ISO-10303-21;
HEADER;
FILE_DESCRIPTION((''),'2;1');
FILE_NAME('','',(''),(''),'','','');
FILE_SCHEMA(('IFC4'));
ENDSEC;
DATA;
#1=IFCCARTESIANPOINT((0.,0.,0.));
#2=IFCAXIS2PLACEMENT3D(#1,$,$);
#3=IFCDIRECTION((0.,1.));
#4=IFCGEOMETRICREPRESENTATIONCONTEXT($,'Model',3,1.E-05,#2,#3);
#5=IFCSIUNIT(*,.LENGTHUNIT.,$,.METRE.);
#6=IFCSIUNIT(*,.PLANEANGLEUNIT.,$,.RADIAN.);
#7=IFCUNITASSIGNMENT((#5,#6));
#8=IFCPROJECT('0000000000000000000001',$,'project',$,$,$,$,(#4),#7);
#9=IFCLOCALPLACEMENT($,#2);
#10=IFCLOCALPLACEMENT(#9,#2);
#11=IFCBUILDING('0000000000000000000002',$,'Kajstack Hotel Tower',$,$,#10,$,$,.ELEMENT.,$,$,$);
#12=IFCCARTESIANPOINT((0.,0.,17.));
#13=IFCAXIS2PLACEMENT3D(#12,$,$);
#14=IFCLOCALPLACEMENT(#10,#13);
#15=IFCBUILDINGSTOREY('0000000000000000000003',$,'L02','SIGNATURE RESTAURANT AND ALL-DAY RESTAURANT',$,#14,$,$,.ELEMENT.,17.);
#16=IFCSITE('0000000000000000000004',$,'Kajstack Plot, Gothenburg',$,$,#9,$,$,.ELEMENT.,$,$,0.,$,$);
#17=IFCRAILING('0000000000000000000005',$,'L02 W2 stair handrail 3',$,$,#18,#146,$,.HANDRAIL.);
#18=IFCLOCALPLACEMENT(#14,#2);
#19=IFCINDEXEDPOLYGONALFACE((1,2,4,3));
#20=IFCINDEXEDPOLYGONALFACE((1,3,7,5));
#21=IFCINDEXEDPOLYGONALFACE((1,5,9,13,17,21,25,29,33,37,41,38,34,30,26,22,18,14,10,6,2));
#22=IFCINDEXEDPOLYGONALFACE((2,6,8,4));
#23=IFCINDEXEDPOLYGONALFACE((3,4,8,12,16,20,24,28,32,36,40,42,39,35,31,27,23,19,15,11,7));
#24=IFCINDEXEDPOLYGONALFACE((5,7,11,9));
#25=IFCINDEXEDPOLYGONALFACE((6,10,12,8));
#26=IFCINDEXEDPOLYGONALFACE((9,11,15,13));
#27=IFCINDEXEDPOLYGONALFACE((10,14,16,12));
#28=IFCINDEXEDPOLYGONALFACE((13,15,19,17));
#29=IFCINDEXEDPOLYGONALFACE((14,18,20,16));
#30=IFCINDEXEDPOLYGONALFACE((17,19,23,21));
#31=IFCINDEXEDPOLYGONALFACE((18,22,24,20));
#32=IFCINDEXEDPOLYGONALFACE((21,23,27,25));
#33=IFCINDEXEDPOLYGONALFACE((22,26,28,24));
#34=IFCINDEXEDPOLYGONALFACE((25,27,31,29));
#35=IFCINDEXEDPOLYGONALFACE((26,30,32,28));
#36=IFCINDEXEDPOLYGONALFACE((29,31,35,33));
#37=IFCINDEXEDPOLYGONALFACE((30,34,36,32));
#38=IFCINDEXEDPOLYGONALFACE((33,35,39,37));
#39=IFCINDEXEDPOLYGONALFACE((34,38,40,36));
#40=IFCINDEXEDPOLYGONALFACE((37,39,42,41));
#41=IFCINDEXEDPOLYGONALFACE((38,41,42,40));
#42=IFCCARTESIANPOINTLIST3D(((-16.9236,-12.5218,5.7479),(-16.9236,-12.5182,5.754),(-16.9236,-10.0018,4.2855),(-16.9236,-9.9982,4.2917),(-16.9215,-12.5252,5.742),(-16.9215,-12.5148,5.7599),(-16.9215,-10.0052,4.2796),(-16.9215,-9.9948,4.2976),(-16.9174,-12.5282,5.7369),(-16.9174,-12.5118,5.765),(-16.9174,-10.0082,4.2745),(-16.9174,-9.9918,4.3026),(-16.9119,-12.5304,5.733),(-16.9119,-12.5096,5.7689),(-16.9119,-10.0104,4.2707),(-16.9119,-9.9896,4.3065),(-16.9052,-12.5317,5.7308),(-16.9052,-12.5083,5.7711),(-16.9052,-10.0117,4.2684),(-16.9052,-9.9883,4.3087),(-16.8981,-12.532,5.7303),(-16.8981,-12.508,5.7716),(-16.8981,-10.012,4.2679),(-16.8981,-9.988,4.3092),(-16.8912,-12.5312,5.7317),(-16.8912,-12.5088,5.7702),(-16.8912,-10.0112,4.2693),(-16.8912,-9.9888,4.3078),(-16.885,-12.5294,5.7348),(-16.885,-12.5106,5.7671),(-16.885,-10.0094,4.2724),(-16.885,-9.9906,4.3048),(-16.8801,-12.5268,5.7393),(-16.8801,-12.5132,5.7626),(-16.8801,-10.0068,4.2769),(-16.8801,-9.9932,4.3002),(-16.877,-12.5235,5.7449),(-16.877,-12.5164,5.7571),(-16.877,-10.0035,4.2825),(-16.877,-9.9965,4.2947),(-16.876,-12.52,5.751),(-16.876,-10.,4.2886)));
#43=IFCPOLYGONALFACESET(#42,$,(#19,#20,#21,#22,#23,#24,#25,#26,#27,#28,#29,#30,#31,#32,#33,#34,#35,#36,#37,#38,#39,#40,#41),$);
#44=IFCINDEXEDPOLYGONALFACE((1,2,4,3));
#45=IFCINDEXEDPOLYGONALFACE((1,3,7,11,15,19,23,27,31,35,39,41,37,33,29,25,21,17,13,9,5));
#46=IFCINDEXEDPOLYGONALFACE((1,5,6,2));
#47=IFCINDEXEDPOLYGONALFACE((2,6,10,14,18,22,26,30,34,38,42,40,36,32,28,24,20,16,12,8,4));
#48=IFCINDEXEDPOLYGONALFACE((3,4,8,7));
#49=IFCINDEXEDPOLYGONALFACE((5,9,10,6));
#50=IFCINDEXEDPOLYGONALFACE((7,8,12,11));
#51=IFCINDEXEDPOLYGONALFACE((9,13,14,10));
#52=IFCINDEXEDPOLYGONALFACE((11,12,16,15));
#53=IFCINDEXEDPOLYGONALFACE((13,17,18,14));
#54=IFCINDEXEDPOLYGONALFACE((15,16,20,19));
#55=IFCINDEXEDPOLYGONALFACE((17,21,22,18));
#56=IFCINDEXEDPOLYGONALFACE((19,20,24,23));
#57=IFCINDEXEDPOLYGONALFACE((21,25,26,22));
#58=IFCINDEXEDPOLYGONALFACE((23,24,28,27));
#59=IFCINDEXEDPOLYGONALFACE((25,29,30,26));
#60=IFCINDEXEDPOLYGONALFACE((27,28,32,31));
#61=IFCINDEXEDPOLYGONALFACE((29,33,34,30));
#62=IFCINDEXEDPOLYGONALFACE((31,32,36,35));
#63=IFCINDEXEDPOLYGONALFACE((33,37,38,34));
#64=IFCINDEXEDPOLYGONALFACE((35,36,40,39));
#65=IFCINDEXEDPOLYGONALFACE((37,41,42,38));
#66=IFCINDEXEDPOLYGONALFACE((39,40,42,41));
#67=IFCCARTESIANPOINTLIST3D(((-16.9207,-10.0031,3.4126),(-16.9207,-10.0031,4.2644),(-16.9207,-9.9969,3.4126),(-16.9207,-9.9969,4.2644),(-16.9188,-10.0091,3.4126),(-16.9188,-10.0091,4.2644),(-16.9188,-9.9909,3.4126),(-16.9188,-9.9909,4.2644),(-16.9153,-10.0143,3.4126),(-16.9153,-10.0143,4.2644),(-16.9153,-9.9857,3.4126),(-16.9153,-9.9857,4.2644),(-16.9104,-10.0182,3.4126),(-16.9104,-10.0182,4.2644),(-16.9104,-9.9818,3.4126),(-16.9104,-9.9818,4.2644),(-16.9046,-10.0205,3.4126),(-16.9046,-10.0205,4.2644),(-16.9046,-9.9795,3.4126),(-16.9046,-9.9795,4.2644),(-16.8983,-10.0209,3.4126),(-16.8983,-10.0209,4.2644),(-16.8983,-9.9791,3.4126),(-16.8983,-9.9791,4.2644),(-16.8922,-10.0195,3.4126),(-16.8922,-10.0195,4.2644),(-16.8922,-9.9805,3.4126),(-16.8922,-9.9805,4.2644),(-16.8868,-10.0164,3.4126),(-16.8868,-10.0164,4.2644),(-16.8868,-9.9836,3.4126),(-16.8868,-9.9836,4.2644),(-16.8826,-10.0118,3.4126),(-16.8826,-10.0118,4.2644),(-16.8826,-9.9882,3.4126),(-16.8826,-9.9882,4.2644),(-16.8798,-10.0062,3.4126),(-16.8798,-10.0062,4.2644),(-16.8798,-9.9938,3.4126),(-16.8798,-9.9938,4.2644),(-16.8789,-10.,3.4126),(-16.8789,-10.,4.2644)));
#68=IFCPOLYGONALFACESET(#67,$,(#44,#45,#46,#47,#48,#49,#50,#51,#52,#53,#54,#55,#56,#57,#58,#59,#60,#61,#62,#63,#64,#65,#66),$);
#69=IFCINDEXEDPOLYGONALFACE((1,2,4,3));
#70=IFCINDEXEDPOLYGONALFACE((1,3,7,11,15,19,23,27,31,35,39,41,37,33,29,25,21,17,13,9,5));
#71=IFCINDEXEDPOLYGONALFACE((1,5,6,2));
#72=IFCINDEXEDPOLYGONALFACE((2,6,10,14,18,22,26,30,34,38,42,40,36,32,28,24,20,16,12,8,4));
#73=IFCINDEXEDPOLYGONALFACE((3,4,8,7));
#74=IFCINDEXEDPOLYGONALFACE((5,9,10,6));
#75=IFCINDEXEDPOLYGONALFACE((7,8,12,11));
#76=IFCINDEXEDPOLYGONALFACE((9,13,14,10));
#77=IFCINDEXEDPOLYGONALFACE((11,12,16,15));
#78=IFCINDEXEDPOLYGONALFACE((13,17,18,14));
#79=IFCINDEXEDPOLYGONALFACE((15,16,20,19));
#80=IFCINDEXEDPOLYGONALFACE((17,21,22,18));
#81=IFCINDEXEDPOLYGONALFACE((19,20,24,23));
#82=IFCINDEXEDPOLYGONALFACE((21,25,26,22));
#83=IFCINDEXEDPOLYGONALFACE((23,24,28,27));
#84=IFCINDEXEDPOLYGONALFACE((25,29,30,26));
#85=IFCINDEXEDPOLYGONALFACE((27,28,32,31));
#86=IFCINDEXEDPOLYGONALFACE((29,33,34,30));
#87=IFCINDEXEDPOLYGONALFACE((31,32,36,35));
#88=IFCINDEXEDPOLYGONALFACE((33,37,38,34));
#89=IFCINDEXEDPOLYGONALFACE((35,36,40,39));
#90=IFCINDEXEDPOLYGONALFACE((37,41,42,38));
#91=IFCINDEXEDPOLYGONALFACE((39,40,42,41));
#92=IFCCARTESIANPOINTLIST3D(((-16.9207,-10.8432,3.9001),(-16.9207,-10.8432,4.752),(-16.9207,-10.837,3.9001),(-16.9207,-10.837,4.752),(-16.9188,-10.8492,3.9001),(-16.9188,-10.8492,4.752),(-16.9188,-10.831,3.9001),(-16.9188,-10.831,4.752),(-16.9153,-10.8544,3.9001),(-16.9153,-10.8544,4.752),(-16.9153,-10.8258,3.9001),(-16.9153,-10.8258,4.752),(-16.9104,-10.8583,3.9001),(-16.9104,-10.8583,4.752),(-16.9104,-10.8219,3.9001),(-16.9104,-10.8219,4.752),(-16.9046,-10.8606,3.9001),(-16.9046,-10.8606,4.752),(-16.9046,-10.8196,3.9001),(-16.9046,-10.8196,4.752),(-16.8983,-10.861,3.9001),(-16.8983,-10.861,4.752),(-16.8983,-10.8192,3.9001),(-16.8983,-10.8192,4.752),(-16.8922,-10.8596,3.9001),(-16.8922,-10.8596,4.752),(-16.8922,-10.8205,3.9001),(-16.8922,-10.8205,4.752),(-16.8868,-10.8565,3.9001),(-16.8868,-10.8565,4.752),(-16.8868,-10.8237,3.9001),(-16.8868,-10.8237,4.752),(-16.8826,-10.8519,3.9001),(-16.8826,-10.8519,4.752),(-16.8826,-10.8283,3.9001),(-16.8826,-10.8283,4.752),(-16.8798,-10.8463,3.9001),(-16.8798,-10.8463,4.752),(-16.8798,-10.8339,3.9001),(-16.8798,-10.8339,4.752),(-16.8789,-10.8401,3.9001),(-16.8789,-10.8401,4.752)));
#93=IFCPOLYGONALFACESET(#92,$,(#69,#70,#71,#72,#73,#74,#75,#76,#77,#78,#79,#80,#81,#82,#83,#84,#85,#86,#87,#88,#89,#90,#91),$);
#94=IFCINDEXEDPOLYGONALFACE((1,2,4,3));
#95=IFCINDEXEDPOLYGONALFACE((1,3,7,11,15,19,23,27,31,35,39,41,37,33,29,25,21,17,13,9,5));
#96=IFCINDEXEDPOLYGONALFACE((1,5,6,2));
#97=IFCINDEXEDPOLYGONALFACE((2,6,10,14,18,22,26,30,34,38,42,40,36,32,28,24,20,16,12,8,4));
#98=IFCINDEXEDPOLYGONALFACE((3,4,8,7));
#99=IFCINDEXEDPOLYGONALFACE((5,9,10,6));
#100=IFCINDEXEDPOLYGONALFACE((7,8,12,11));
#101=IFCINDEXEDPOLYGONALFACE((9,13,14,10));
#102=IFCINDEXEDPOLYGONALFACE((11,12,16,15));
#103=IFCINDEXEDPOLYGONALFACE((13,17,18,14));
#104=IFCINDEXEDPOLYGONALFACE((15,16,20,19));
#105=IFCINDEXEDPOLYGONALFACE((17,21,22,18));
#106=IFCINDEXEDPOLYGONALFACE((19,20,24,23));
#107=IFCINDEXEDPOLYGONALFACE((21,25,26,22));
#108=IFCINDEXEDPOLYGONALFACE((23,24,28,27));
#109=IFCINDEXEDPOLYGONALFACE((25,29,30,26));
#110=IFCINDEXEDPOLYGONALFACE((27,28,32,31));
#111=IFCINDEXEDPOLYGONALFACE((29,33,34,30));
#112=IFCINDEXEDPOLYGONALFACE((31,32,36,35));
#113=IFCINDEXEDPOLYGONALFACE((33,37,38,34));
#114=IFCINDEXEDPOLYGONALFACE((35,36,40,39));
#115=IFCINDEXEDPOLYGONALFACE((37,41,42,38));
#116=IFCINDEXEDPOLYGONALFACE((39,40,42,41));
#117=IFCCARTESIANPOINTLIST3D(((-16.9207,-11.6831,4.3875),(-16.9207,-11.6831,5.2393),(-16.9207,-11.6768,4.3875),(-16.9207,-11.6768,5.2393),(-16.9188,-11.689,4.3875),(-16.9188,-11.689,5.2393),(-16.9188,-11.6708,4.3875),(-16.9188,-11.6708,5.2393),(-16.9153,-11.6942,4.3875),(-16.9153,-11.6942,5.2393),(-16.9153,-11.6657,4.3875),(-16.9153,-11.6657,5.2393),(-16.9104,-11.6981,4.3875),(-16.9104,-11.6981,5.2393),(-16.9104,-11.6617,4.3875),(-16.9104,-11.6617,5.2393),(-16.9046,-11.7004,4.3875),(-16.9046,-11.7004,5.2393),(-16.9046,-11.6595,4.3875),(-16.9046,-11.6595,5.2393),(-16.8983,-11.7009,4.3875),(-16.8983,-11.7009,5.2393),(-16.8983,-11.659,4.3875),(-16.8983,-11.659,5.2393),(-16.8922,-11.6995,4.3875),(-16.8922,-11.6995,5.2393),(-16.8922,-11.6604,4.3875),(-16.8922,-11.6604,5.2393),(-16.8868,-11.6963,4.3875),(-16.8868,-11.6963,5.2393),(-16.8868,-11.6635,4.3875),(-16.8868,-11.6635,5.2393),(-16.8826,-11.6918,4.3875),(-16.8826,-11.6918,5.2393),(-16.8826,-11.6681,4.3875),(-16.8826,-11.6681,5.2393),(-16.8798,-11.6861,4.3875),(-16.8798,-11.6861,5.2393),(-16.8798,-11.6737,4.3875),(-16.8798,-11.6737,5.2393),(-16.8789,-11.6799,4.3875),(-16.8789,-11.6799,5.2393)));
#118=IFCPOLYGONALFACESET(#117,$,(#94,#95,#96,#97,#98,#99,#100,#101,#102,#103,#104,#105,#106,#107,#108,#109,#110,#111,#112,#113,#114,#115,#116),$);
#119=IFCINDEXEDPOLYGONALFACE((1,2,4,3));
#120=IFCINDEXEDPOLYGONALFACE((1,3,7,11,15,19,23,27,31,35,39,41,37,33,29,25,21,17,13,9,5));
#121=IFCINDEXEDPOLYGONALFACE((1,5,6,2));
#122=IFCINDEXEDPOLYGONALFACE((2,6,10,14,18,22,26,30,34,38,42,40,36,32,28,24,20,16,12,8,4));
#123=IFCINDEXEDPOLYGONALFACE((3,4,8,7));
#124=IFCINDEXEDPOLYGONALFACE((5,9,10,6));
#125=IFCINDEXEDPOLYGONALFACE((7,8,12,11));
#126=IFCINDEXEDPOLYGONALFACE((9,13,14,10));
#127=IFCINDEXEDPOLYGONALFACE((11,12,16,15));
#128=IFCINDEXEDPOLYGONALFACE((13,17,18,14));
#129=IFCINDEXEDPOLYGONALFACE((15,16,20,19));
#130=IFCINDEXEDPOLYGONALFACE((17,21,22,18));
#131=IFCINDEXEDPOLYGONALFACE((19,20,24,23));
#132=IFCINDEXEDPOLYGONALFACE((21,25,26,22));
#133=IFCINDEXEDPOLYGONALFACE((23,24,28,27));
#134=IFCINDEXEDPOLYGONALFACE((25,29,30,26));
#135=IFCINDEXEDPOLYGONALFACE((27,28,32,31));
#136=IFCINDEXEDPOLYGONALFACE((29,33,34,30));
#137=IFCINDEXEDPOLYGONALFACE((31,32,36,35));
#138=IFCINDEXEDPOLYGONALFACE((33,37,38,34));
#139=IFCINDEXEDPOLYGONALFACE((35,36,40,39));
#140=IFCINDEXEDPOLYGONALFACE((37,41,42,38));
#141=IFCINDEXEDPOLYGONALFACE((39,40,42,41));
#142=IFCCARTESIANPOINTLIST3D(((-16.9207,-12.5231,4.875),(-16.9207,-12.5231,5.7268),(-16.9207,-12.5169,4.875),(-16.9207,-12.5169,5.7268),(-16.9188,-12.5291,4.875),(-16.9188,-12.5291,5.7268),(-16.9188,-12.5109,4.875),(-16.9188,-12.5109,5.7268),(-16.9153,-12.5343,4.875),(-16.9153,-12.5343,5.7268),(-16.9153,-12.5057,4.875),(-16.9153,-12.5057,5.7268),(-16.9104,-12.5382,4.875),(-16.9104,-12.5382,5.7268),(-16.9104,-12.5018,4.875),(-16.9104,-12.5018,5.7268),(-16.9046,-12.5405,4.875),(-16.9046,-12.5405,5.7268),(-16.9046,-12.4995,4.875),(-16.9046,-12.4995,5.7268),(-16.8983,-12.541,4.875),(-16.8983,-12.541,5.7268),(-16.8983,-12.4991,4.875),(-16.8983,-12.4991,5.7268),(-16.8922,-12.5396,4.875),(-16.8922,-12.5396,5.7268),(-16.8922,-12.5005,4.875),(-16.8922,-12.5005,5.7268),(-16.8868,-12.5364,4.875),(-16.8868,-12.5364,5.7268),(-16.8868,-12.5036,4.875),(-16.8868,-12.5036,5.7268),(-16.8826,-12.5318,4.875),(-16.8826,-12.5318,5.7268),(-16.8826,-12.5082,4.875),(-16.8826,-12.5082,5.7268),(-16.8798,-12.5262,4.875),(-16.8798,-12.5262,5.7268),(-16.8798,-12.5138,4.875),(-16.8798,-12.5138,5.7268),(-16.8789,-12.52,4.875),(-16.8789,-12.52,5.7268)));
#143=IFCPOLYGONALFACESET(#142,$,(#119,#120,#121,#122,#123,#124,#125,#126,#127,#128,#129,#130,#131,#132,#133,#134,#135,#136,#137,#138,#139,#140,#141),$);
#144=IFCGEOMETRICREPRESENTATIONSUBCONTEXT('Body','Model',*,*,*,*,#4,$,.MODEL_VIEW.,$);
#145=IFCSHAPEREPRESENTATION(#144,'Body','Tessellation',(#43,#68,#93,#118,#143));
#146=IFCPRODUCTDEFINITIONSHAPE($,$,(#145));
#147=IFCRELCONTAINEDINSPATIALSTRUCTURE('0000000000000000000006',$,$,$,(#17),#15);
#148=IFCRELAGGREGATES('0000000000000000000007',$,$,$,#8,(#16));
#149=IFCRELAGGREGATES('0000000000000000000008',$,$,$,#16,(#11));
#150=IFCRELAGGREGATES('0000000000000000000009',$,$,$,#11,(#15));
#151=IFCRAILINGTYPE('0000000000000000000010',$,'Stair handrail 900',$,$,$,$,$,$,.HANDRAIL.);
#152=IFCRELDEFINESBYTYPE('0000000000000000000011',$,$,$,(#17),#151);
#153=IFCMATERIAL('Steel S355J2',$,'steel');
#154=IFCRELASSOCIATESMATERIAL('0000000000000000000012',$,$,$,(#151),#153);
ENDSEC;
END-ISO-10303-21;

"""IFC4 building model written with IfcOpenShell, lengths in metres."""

from ifc_helpers import new_model, si_unit, direction, frame, origin, origin_2d, place, context, subcontext, project, spatial, circle, extrude, material, type_object, element, save


model = new_model("IFC4")

# Units and contexts
model_context = context("Model", 3, precision=1e-05, world=origin(), true_north=direction((0.0, 1.0)))
body_context = subcontext(model_context, "Body", "Model", "MODEL_VIEW")
ifc_project = project(units=[si_unit("LENGTHUNIT", "METRE"), si_unit("PLANEANGLEUNIT", "RADIAN")], contexts=[model_context])

# Site, building, storey
site_placement = place(None, origin())
site = spatial("IfcSite", under=ifc_project, at=site_placement, Name="Kajstack Plot, Gothenburg", CompositionType="ELEMENT", RefElevation=0.0)
building_placement = place(site_placement, origin())
building = spatial("IfcBuilding", under=site, at=building_placement, Name="Kajstack Hotel Tower", CompositionType="ELEMENT")
storey_placement = place(building_placement, frame((0.0, 0.0, 17.0)))
storey = spatial("IfcBuildingStorey", under=building, at=storey_placement, Name="L02", Description="SIGNATURE RESTAURANT AND ALL-DAY RESTAURANT", CompositionType="ELEMENT", Elevation=17.0)

# Railing
ifc_material_1 = material(Name="Steel S355J2", Category="steel")
railing_type = type_object("IfcRailingType", Name="Stair handrail 900", PredefinedType="HANDRAIL", material=ifc_material_1)
for number, where, name in (
    (1, (-16.8999, -10.0, 3.4126), "L02 W2 stair handrail 3"),
):
    element("IfcRailing", number, at=place(storey_placement, frame(where)), inside=storey, type_object=railing_type, Name=name, PredefinedType="HANDRAIL", context=body_context, shape_type="SweptSolid", body=[
        extrude(circle(Radius=0.0239, at=origin_2d()), frame((0.0, 0.0, 0.876), z_axis=(0.0, -0.864913, 0.501921), x_axis=(1.0, 0.0, 0.0)), (0.0, 0.0, 1.0), 2.9136),
        extrude(circle(Radius=0.021, at=origin_2d()), origin(), (0.0, 0.0, 1.0), 0.8518),
        extrude(circle(Radius=0.021, at=origin_2d()), frame((0.0, -0.8401, 0.4875)), (0.0, 0.0, 1.0), 0.8518),
        extrude(circle(Radius=0.021, at=origin_2d()), frame((0.0, -1.6799, 0.9749)), (0.0, 0.0, 1.0), 0.8518),
        extrude(circle(Radius=0.021, at=origin_2d()), frame((0.0, -2.52, 1.4624)), (0.0, 0.0, 1.0), 0.8518),
    ])

save(model, "model.ifc")
